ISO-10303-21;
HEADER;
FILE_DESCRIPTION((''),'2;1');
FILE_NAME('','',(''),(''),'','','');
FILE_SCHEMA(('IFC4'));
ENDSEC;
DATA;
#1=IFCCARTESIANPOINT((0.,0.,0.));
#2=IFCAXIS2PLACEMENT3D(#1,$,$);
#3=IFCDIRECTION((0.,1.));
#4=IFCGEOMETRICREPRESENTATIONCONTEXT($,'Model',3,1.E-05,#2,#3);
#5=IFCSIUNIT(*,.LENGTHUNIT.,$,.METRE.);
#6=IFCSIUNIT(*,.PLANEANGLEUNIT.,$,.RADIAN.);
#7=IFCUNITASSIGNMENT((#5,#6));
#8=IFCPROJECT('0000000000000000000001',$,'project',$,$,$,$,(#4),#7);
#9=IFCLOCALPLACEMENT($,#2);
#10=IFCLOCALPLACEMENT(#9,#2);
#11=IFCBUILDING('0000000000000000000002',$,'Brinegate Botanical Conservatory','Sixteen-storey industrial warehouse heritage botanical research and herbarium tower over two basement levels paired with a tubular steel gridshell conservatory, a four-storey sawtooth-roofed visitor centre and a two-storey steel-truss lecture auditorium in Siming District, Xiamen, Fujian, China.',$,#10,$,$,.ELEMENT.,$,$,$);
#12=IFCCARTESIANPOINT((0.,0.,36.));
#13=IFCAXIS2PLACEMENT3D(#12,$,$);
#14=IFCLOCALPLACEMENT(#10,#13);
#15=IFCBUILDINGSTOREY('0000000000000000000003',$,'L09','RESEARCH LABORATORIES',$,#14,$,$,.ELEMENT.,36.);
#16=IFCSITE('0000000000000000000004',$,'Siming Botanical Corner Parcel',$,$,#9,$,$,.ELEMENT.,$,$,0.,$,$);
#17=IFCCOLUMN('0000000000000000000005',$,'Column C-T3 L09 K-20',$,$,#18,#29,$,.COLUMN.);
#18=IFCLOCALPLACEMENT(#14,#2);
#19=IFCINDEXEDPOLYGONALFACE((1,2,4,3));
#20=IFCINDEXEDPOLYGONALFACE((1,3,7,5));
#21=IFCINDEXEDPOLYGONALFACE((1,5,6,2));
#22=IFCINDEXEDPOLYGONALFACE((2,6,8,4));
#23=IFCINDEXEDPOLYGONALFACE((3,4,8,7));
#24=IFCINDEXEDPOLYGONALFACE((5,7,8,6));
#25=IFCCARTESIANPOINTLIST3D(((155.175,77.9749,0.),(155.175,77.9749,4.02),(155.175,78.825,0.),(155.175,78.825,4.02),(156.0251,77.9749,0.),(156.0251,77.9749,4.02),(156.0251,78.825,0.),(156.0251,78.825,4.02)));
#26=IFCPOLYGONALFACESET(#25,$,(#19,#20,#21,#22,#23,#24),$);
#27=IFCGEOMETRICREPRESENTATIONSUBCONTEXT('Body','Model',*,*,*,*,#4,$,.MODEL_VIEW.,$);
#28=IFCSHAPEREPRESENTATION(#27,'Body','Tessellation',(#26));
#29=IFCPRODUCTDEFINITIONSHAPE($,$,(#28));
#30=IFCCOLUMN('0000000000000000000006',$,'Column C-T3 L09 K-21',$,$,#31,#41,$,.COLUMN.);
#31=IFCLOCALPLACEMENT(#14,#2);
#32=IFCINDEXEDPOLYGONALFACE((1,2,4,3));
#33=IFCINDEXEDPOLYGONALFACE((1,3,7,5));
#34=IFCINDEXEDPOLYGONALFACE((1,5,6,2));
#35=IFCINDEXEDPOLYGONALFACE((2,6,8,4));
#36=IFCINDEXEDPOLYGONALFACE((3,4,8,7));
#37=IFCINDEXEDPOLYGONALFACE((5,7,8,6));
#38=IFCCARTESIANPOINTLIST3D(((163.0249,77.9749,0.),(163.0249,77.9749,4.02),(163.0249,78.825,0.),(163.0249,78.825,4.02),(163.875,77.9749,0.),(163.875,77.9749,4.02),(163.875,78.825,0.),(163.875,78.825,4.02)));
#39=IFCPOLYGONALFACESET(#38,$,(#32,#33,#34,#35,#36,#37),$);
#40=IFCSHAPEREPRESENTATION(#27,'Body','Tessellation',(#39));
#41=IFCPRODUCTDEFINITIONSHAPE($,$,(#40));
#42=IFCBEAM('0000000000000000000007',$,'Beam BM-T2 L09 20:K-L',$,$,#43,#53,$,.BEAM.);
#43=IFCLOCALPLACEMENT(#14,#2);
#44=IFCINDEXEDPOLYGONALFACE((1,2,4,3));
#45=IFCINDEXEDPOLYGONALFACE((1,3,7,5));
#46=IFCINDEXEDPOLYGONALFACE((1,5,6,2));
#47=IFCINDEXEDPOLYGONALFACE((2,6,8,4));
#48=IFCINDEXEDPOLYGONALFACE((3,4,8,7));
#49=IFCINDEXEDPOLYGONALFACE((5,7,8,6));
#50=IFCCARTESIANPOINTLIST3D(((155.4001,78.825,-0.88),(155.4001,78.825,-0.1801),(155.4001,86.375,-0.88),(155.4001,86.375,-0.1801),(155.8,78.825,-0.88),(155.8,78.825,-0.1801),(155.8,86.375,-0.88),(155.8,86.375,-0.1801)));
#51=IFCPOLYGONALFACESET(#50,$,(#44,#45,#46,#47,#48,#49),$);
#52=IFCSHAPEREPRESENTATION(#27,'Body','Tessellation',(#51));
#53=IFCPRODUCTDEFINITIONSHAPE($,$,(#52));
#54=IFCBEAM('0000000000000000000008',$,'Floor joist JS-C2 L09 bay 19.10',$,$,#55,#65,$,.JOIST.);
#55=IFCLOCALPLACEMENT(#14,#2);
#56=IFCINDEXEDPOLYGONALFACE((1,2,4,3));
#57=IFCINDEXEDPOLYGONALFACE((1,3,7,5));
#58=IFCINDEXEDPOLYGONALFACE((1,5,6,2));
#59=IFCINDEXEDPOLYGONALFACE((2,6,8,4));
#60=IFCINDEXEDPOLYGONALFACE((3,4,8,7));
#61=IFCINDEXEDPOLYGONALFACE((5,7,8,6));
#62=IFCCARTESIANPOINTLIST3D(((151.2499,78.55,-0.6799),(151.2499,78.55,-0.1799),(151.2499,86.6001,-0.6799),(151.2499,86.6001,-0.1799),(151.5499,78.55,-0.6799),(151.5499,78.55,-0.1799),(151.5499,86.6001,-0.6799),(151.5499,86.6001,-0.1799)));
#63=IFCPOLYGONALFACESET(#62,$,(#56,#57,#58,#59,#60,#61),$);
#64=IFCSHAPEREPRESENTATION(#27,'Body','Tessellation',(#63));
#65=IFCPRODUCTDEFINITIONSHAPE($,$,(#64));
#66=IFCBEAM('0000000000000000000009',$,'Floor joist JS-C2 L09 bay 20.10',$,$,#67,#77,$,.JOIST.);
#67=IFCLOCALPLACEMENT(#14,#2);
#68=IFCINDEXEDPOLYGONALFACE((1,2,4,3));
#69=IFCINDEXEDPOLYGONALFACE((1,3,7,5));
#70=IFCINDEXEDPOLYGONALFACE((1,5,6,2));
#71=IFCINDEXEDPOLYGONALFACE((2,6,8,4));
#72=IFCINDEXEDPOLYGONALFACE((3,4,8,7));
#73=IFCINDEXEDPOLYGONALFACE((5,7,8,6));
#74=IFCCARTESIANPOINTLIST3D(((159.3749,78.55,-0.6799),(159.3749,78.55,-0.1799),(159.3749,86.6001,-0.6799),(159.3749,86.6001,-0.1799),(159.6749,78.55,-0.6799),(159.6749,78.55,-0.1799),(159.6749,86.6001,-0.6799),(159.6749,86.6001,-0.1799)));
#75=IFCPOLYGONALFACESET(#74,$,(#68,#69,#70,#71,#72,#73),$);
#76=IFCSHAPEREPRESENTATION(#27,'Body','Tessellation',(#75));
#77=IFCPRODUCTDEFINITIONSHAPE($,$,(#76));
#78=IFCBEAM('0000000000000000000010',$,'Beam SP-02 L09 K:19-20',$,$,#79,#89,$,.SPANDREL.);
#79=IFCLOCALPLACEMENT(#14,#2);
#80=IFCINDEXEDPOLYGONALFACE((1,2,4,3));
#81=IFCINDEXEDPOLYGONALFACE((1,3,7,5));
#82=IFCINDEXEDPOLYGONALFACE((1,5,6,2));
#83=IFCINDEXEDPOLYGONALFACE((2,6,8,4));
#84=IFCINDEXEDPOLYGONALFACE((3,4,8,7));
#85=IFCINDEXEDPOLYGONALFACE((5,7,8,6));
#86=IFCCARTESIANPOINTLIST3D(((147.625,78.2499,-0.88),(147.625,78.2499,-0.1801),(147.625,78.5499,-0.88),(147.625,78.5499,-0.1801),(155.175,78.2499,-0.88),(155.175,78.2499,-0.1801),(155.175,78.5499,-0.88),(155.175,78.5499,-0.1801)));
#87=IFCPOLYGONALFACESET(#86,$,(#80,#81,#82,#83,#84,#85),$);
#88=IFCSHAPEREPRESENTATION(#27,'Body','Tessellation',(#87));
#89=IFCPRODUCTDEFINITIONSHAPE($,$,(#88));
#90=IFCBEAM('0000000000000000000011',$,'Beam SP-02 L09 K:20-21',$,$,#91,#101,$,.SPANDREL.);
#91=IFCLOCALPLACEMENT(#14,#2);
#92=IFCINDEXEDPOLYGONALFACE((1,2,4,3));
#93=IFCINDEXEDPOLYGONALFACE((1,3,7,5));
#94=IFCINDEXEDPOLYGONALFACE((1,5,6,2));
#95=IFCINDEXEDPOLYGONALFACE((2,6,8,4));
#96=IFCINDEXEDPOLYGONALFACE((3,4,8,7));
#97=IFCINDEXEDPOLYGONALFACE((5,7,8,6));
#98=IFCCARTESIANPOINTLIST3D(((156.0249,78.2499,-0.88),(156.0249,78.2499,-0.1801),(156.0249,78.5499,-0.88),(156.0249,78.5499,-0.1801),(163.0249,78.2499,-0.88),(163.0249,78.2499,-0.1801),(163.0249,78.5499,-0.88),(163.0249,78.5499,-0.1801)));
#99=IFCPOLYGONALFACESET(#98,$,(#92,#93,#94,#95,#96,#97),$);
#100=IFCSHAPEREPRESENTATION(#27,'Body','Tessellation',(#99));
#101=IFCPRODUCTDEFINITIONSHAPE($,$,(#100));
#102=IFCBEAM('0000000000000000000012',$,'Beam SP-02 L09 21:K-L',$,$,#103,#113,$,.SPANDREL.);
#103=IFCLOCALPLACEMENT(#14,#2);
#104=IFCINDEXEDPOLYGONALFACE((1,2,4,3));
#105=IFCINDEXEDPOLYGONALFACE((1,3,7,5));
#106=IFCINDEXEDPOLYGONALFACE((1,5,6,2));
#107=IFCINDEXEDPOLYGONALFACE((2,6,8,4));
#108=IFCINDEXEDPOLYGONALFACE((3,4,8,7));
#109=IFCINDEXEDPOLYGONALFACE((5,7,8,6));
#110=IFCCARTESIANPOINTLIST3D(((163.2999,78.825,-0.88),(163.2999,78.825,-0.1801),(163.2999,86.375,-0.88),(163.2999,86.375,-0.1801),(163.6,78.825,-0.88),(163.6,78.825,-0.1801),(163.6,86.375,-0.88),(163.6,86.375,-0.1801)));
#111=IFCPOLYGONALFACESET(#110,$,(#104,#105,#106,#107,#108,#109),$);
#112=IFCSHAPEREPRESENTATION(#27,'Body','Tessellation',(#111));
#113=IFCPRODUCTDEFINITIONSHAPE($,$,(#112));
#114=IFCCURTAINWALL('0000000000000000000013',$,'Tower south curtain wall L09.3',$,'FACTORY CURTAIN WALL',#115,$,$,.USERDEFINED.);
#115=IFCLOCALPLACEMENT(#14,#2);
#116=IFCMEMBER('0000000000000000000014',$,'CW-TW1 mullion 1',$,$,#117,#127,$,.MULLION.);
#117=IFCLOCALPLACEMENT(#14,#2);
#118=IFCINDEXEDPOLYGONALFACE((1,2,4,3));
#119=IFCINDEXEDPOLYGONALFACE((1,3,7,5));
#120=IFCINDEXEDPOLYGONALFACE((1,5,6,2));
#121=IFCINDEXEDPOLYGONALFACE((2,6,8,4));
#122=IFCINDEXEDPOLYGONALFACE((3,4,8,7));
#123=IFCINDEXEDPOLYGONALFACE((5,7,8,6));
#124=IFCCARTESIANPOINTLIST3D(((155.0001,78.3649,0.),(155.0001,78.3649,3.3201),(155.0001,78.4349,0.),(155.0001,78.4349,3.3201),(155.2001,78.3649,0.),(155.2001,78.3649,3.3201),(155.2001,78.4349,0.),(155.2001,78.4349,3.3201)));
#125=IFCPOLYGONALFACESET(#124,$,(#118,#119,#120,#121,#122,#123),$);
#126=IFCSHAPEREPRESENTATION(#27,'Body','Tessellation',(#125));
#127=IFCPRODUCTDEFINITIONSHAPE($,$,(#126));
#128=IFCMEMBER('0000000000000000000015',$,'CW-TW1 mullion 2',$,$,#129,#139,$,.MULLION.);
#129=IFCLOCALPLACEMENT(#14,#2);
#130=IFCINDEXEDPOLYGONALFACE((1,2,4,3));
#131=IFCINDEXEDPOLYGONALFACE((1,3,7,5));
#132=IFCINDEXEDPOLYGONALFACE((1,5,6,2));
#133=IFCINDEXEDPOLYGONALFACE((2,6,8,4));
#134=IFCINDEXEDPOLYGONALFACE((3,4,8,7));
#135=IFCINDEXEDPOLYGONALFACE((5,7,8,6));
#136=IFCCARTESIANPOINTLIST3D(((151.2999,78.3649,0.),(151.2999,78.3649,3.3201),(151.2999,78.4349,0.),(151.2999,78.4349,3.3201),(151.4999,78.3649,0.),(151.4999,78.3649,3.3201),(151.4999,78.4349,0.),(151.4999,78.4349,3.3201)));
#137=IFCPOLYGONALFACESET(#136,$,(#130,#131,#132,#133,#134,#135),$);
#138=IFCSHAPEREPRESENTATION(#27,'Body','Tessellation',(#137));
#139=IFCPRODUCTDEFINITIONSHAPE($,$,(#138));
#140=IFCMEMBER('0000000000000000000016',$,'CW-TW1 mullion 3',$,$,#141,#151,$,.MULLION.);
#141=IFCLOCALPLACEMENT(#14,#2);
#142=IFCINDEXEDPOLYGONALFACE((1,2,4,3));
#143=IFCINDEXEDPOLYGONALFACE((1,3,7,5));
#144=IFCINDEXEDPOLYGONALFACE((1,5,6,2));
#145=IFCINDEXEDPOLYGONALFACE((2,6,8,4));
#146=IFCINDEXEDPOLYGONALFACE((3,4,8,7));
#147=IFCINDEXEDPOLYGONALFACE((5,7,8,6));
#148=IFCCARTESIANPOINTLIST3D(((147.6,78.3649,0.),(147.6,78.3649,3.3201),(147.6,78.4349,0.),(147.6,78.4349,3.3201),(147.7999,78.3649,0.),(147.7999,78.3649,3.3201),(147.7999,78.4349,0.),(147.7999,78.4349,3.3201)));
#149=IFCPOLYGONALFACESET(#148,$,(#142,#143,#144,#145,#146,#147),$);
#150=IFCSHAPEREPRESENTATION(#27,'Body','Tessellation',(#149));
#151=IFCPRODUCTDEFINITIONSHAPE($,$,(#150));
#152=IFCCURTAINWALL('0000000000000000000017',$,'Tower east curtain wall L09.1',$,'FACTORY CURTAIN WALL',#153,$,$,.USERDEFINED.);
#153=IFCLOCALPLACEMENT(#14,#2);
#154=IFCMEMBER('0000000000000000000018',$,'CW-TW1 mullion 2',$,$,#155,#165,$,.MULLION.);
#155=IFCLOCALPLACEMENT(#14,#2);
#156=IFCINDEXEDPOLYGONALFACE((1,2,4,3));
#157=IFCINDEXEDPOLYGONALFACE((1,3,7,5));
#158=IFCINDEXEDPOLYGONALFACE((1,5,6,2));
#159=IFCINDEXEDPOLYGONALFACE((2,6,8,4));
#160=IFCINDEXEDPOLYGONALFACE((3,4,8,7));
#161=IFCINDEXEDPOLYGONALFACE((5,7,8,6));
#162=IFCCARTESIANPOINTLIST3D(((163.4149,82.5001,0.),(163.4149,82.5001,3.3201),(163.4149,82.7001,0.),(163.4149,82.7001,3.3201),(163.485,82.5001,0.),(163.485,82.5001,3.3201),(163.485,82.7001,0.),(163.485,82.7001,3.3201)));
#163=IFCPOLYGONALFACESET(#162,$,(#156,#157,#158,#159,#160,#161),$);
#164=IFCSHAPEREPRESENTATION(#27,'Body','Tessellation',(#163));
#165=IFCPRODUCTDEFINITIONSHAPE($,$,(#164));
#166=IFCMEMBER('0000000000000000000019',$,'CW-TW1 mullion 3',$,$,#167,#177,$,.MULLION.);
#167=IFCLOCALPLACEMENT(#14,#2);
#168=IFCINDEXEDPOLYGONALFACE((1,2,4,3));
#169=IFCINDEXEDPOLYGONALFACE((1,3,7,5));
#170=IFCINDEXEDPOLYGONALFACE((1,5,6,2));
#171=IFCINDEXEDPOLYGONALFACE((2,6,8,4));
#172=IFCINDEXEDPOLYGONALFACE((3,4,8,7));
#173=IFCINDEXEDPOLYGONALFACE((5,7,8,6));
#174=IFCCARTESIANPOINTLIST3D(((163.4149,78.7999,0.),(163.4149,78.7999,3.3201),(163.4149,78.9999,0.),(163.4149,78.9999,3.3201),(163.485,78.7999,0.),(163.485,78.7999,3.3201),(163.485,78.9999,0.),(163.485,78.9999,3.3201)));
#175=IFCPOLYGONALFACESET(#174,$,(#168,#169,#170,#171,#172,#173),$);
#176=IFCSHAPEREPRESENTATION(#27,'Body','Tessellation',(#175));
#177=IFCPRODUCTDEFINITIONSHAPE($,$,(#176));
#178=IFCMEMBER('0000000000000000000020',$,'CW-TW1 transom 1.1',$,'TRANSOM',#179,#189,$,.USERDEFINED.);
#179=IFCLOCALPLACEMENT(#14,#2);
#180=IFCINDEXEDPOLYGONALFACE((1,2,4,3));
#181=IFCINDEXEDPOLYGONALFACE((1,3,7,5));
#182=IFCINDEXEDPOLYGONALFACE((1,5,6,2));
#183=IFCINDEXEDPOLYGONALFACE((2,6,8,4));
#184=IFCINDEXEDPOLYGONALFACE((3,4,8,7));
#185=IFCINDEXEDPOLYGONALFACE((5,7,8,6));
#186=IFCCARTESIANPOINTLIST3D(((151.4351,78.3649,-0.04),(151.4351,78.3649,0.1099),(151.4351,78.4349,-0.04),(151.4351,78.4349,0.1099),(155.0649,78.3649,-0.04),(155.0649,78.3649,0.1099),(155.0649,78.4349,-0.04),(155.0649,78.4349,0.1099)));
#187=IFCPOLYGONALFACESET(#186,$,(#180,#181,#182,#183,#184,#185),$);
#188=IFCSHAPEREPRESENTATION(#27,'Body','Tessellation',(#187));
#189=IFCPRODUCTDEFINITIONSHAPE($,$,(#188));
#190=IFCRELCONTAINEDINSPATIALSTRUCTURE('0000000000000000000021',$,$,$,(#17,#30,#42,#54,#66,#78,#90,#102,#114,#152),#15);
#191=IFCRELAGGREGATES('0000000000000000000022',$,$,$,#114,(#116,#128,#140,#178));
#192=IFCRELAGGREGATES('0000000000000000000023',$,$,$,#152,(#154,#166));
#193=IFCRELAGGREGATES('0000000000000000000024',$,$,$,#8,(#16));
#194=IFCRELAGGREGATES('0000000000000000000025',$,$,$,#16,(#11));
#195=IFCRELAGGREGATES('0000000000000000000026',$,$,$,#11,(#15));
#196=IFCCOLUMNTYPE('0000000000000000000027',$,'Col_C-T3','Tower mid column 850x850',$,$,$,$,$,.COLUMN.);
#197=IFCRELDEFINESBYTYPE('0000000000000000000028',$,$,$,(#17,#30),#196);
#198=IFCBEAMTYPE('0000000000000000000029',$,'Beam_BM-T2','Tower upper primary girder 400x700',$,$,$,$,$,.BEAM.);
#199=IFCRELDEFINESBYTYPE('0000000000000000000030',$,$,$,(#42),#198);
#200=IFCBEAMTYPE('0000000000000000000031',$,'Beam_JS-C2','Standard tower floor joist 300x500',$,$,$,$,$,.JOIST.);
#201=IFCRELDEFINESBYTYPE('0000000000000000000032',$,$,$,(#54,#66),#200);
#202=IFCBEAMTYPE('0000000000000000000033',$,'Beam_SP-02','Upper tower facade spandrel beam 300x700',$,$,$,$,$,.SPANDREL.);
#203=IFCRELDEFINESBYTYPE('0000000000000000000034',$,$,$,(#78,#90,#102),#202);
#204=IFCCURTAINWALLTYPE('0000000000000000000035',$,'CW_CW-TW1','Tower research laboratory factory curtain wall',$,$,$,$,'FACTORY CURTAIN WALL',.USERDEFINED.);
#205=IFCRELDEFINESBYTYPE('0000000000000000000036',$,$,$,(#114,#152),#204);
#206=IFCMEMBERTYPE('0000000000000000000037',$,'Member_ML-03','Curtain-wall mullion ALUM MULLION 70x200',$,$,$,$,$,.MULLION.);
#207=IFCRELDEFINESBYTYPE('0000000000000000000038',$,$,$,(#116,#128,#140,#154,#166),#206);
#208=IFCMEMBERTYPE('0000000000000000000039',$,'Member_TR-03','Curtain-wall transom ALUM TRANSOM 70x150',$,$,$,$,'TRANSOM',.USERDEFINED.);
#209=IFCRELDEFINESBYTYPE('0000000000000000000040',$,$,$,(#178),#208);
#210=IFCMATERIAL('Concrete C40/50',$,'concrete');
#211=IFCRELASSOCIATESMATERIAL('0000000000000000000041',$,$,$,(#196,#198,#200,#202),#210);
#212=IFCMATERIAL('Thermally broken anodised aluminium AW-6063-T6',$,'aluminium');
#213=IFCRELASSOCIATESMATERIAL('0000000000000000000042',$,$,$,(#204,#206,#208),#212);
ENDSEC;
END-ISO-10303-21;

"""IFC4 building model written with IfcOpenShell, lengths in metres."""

from ifc_helpers import new_model, si_unit, direction, frame, origin, origin_2d, place, context, subcontext, project, spatial, rectangle, extrude, material, material_profile, profile_set, type_object, element, aggregate, save


model = new_model("IFC4")

# Units and contexts
model_context = context("Model", 3, precision=1e-05, world=origin(), true_north=direction((0.0, 1.0)))
body_context = subcontext(model_context, "Body", "Model", "MODEL_VIEW")
ifc_project = project(units=[si_unit("LENGTHUNIT", "METRE"), si_unit("PLANEANGLEUNIT", "RADIAN")], contexts=[model_context])

# Site, building, storey
site_placement = place(None, origin())
site = spatial("IfcSite", under=ifc_project, at=site_placement, Name="Siming Botanical Corner Parcel", CompositionType="ELEMENT", RefElevation=0.0)
building_placement = place(site_placement, origin())
building = spatial("IfcBuilding", under=site, at=building_placement, Name="Brinegate Botanical Conservatory", Description="Sixteen-storey industrial warehouse heritage botanical research and herbarium tower over two basement levels paired with a tubular steel gridshell conservatory, a four-storey sawtooth-roofed visitor centre and a two-storey steel-truss lecture auditorium in Siming District, Xiamen, Fujian, China.", CompositionType="ELEMENT")
storey_placement = place(building_placement, frame((0.0, 0.0, 36.0)))
storey = spatial("IfcBuildingStorey", under=building, at=storey_placement, Name="L09", Description="RESEARCH LABORATORIES", CompositionType="ELEMENT", Elevation=36.0)

# Columns
ifc_material_1 = material(Name="Concrete C40/50", Category="concrete")
ifc_material_profile_1 = material_profile(ifc_material_1, rectangle(XDim=0.8501, YDim=0.8501, at=origin_2d()), Name="RC COL 850x850")
ifc_profile_set_1 = profile_set([ifc_material_profile_1], Name="Concrete C40/50")
column_type = type_object("IfcColumnType", Name="Col_C-T3", Description="Tower mid column 850x850", PredefinedType="COLUMN", material=ifc_profile_set_1)
for number, where, z_axis, x_axis, name in (
    (1, (155.6001, 78.3999, 0.0), (0.0, 0.0, 1.0), (1.0, 0.0, 0.0), "Column C-T3 L09 K-20"),
    (2, (163.45, 78.3999, 0.0), (0.0, 0.0, 1.0), (1.0, 0.0, 0.0), "Column C-T3 L09 K-21"),
):
    element("IfcColumn", number, at=place(storey_placement, frame(where, z_axis=z_axis, x_axis=x_axis)), inside=storey, type_object=column_type, Name=name, PredefinedType="COLUMN", context=body_context, shape_type="SweptSolid", body=[
        extrude(rectangle(XDim=0.8501, YDim=0.8501, at=origin_2d()), origin(), (0.0, 0.0, 1.0), 4.02),
    ])

# Beams
ifc_material_profile_2 = material_profile(ifc_material_1, rectangle(XDim=0.3999, YDim=0.7, at=origin_2d()), Name="RC BM 400x700")
ifc_profile_set_2 = profile_set([ifc_material_profile_2], Name="Concrete C40/50")
beam_type_1 = type_object("IfcBeamType", Name="Beam_BM-T2", Description="Tower upper primary girder 400x700", PredefinedType="BEAM", material=ifc_profile_set_2)
beam_1_placement = place(storey_placement, frame((155.6001, 78.825, -0.53), z_axis=(0.0, 1.0, 0.0), x_axis=(-1.0, 0.0, 0.0)))
element("IfcBeam", 3, at=beam_1_placement, inside=storey, type_object=beam_type_1, Name="Beam BM-T2 L09 20:K-L", PredefinedType="BEAM", context=body_context, shape_type="SweptSolid", body=[
    extrude(rectangle(XDim=0.3999, YDim=0.7, at=origin_2d()), origin(), (0.0, 0.0, 1.0), 7.55),
])
ifc_material_profile_3 = material_profile(ifc_material_1, rectangle(XDim=0.3, YDim=0.5, at=origin_2d()), Name="RC JST 300x500")
ifc_profile_set_3 = profile_set([ifc_material_profile_3], Name="Concrete C40/50")
beam_type_2 = type_object("IfcBeamType", Name="Beam_JS-C2", Description="Standard tower floor joist 300x500", PredefinedType="JOIST", material=ifc_profile_set_3)
for number, where, z_axis, x_axis, name in (
    (4, (151.3999, 78.55, -0.4299), (0.0, 1.0, 0.0), (-1.0, 0.0, 0.0), "Floor joist JS-C2 L09 bay 19.10"),
    (5, (159.5249, 78.55, -0.4299), (0.0, 1.0, 0.0), (-1.0, 0.0, 0.0), "Floor joist JS-C2 L09 bay 20.10"),
):
    element("IfcBeam", number, at=place(storey_placement, frame(where, z_axis=z_axis, x_axis=x_axis)), inside=storey, type_object=beam_type_2, Name=name, PredefinedType="JOIST", context=body_context, shape_type="SweptSolid", body=[
        extrude(rectangle(XDim=0.3, YDim=0.5, at=origin_2d()), origin(), (0.0, 0.0, 1.0), 8.05),
    ])
ifc_material_profile_4 = material_profile(ifc_material_1, rectangle(XDim=0.3, YDim=0.7, at=origin_2d()), Name="RC SPN 300x700")
ifc_profile_set_4 = profile_set([ifc_material_profile_4], Name="Concrete C40/50")
beam_type_3 = type_object("IfcBeamType", Name="Beam_SP-02", Description="Upper tower facade spandrel beam 300x700", PredefinedType="SPANDREL", material=ifc_profile_set_4)
beam_2_placement = place(storey_placement, frame((147.625, 78.3999, -0.53), z_axis=(1.0, 0.0, 0.0), x_axis=(0.0, 1.0, 0.0)))
element("IfcBeam", 6, at=beam_2_placement, inside=storey, type_object=beam_type_3, Name="Beam SP-02 L09 K:19-20", PredefinedType="SPANDREL", context=body_context, shape_type="SweptSolid", body=[
    extrude(rectangle(XDim=0.3, YDim=0.7, at=origin_2d()), origin(), (0.0, 0.0, 1.0), 7.55),
])
beam_3_placement = place(storey_placement, frame((156.0249, 78.3999, -0.53), z_axis=(1.0, 0.0, 0.0), x_axis=(0.0, 1.0, 0.0)))
element("IfcBeam", 7, at=beam_3_placement, inside=storey, type_object=beam_type_3, Name="Beam SP-02 L09 K:20-21", PredefinedType="SPANDREL", context=body_context, shape_type="SweptSolid", body=[
    extrude(rectangle(XDim=0.3, YDim=0.7, at=origin_2d()), origin(), (0.0, 0.0, 1.0), 7.0),
])
beam_4_placement = place(storey_placement, frame((163.45, 78.825, -0.53), z_axis=(0.0, 1.0, 0.0), x_axis=(-1.0, 0.0, 0.0)))
element("IfcBeam", 8, at=beam_4_placement, inside=storey, type_object=beam_type_3, Name="Beam SP-02 L09 21:K-L", PredefinedType="SPANDREL", context=body_context, shape_type="SweptSolid", body=[
    extrude(rectangle(XDim=0.3, YDim=0.7, at=origin_2d()), origin(), (0.0, 0.0, 1.0), 7.55),
])

# Curtain walls, members
ifc_material_2 = material(Name="Thermally broken anodised aluminium AW-6063-T6", Category="aluminium")
curtain_wall_type = type_object("IfcCurtainWallType", Name="CW_CW-TW1", Description="Tower research laboratory factory curtain wall", ElementType="FACTORY CURTAIN WALL", PredefinedType="USERDEFINED", material=ifc_material_2)
curtain_wall_1_placement = place(storey_placement, origin())
curtain_wall_1 = element("IfcCurtainWall", 9, at=curtain_wall_1_placement, inside=storey, type_object=curtain_wall_type, Name="Tower south curtain wall L09.3", ObjectType="FACTORY CURTAIN WALL", PredefinedType="USERDEFINED")
ifc_material_profile_5 = material_profile(ifc_material_2, rectangle(XDim=0.0701, YDim=0.2, at=origin_2d()), Name="ALUM MULLION 70x200")
ifc_profile_set_5 = profile_set([ifc_material_profile_5], Name="Thermally broken anodised aluminium AW-6063-T6")
member_type_1 = type_object("IfcMemberType", Name="Member_ML-03", Description="Curtain-wall mullion ALUM MULLION 70x200", PredefinedType="MULLION", material=ifc_profile_set_5)
member_1_placement = place(storey_placement, frame((155.1001, 78.3999, 0.0), z_axis=(0.0, 0.0, 1.0), x_axis=(0.0, -1.0, 0.0)))
member_1 = element("IfcMember", 10, at=member_1_placement, type_object=member_type_1, Name="CW-TW1 mullion 1", PredefinedType="MULLION", context=body_context, shape_type="SweptSolid", body=[
    extrude(rectangle(XDim=0.0701, YDim=0.2, at=origin_2d()), origin(), (0.0, 0.0, 1.0), 3.3201),
])
member_2_placement = place(storey_placement, frame((151.3999, 78.3999, 0.0), z_axis=(0.0, 0.0, 1.0), x_axis=(0.0, -1.0, 0.0)))
member_2 = element("IfcMember", 11, at=member_2_placement, type_object=member_type_1, Name="CW-TW1 mullion 2", PredefinedType="MULLION", context=body_context, shape_type="SweptSolid", body=[
    extrude(rectangle(XDim=0.0701, YDim=0.2, at=origin_2d()), origin(), (0.0, 0.0, 1.0), 3.3201),
])
member_3_placement = place(storey_placement, frame((147.7, 78.3999, 0.0), z_axis=(0.0, 0.0, 1.0), x_axis=(0.0, -1.0, 0.0)))
member_3 = element("IfcMember", 12, at=member_3_placement, type_object=member_type_1, Name="CW-TW1 mullion 3", PredefinedType="MULLION", context=body_context, shape_type="SweptSolid", body=[
    extrude(rectangle(XDim=0.0701, YDim=0.2, at=origin_2d()), origin(), (0.0, 0.0, 1.0), 3.3201),
])
curtain_wall_2_placement = place(storey_placement, origin())
curtain_wall_2 = element("IfcCurtainWall", 13, at=curtain_wall_2_placement, inside=storey, type_object=curtain_wall_type, Name="Tower east curtain wall L09.1", ObjectType="FACTORY CURTAIN WALL", PredefinedType="USERDEFINED")
member_4_placement = place(storey_placement, frame((163.45, 82.6001, 0.0), z_axis=(0.0, 0.0, 1.0), x_axis=(1.0, 0.0, 0.0)))
member_4 = element("IfcMember", 14, at=member_4_placement, type_object=member_type_1, Name="CW-TW1 mullion 2", PredefinedType="MULLION", context=body_context, shape_type="SweptSolid", body=[
    extrude(rectangle(XDim=0.0701, YDim=0.2, at=origin_2d()), origin(), (0.0, 0.0, 1.0), 3.3201),
])
member_5_placement = place(storey_placement, frame((163.45, 78.8999, 0.0), z_axis=(0.0, 0.0, 1.0), x_axis=(1.0, 0.0, 0.0)))
member_5 = element("IfcMember", 15, at=member_5_placement, type_object=member_type_1, Name="CW-TW1 mullion 3", PredefinedType="MULLION", context=body_context, shape_type="SweptSolid", body=[
    extrude(rectangle(XDim=0.0701, YDim=0.2, at=origin_2d()), origin(), (0.0, 0.0, 1.0), 3.3201),
])

# Member
ifc_material_profile_6 = material_profile(ifc_material_2, rectangle(XDim=0.0701, YDim=0.1499, at=origin_2d()), Name="ALUM TRANSOM 70x150")
ifc_profile_set_6 = profile_set([ifc_material_profile_6], Name="Thermally broken anodised aluminium AW-6063-T6")
member_type_2 = type_object("IfcMemberType", Name="Member_TR-03", Description="Curtain-wall transom ALUM TRANSOM 70x150", ElementType="TRANSOM", PredefinedType="USERDEFINED", material=ifc_profile_set_6)
member_6_placement = place(storey_placement, frame((155.0649, 78.3999, 0.0349), z_axis=(-1.0, 0.0, 0.0), x_axis=(0.0, -1.0, 0.0)))
member_6 = element("IfcMember", 16, at=member_6_placement, type_object=member_type_2, Name="CW-TW1 transom 1.1", ObjectType="TRANSOM", PredefinedType="USERDEFINED", context=body_context, shape_type="SweptSolid", body=[
    extrude(rectangle(XDim=0.0701, YDim=0.1499, at=origin_2d()), origin(), (0.0, 0.0, 1.0), 3.6299),
])

aggregate(curtain_wall_1, [member_1, member_2, member_3, member_6])
aggregate(curtain_wall_2, [member_4, member_5])

save(model, "model.ifc")
